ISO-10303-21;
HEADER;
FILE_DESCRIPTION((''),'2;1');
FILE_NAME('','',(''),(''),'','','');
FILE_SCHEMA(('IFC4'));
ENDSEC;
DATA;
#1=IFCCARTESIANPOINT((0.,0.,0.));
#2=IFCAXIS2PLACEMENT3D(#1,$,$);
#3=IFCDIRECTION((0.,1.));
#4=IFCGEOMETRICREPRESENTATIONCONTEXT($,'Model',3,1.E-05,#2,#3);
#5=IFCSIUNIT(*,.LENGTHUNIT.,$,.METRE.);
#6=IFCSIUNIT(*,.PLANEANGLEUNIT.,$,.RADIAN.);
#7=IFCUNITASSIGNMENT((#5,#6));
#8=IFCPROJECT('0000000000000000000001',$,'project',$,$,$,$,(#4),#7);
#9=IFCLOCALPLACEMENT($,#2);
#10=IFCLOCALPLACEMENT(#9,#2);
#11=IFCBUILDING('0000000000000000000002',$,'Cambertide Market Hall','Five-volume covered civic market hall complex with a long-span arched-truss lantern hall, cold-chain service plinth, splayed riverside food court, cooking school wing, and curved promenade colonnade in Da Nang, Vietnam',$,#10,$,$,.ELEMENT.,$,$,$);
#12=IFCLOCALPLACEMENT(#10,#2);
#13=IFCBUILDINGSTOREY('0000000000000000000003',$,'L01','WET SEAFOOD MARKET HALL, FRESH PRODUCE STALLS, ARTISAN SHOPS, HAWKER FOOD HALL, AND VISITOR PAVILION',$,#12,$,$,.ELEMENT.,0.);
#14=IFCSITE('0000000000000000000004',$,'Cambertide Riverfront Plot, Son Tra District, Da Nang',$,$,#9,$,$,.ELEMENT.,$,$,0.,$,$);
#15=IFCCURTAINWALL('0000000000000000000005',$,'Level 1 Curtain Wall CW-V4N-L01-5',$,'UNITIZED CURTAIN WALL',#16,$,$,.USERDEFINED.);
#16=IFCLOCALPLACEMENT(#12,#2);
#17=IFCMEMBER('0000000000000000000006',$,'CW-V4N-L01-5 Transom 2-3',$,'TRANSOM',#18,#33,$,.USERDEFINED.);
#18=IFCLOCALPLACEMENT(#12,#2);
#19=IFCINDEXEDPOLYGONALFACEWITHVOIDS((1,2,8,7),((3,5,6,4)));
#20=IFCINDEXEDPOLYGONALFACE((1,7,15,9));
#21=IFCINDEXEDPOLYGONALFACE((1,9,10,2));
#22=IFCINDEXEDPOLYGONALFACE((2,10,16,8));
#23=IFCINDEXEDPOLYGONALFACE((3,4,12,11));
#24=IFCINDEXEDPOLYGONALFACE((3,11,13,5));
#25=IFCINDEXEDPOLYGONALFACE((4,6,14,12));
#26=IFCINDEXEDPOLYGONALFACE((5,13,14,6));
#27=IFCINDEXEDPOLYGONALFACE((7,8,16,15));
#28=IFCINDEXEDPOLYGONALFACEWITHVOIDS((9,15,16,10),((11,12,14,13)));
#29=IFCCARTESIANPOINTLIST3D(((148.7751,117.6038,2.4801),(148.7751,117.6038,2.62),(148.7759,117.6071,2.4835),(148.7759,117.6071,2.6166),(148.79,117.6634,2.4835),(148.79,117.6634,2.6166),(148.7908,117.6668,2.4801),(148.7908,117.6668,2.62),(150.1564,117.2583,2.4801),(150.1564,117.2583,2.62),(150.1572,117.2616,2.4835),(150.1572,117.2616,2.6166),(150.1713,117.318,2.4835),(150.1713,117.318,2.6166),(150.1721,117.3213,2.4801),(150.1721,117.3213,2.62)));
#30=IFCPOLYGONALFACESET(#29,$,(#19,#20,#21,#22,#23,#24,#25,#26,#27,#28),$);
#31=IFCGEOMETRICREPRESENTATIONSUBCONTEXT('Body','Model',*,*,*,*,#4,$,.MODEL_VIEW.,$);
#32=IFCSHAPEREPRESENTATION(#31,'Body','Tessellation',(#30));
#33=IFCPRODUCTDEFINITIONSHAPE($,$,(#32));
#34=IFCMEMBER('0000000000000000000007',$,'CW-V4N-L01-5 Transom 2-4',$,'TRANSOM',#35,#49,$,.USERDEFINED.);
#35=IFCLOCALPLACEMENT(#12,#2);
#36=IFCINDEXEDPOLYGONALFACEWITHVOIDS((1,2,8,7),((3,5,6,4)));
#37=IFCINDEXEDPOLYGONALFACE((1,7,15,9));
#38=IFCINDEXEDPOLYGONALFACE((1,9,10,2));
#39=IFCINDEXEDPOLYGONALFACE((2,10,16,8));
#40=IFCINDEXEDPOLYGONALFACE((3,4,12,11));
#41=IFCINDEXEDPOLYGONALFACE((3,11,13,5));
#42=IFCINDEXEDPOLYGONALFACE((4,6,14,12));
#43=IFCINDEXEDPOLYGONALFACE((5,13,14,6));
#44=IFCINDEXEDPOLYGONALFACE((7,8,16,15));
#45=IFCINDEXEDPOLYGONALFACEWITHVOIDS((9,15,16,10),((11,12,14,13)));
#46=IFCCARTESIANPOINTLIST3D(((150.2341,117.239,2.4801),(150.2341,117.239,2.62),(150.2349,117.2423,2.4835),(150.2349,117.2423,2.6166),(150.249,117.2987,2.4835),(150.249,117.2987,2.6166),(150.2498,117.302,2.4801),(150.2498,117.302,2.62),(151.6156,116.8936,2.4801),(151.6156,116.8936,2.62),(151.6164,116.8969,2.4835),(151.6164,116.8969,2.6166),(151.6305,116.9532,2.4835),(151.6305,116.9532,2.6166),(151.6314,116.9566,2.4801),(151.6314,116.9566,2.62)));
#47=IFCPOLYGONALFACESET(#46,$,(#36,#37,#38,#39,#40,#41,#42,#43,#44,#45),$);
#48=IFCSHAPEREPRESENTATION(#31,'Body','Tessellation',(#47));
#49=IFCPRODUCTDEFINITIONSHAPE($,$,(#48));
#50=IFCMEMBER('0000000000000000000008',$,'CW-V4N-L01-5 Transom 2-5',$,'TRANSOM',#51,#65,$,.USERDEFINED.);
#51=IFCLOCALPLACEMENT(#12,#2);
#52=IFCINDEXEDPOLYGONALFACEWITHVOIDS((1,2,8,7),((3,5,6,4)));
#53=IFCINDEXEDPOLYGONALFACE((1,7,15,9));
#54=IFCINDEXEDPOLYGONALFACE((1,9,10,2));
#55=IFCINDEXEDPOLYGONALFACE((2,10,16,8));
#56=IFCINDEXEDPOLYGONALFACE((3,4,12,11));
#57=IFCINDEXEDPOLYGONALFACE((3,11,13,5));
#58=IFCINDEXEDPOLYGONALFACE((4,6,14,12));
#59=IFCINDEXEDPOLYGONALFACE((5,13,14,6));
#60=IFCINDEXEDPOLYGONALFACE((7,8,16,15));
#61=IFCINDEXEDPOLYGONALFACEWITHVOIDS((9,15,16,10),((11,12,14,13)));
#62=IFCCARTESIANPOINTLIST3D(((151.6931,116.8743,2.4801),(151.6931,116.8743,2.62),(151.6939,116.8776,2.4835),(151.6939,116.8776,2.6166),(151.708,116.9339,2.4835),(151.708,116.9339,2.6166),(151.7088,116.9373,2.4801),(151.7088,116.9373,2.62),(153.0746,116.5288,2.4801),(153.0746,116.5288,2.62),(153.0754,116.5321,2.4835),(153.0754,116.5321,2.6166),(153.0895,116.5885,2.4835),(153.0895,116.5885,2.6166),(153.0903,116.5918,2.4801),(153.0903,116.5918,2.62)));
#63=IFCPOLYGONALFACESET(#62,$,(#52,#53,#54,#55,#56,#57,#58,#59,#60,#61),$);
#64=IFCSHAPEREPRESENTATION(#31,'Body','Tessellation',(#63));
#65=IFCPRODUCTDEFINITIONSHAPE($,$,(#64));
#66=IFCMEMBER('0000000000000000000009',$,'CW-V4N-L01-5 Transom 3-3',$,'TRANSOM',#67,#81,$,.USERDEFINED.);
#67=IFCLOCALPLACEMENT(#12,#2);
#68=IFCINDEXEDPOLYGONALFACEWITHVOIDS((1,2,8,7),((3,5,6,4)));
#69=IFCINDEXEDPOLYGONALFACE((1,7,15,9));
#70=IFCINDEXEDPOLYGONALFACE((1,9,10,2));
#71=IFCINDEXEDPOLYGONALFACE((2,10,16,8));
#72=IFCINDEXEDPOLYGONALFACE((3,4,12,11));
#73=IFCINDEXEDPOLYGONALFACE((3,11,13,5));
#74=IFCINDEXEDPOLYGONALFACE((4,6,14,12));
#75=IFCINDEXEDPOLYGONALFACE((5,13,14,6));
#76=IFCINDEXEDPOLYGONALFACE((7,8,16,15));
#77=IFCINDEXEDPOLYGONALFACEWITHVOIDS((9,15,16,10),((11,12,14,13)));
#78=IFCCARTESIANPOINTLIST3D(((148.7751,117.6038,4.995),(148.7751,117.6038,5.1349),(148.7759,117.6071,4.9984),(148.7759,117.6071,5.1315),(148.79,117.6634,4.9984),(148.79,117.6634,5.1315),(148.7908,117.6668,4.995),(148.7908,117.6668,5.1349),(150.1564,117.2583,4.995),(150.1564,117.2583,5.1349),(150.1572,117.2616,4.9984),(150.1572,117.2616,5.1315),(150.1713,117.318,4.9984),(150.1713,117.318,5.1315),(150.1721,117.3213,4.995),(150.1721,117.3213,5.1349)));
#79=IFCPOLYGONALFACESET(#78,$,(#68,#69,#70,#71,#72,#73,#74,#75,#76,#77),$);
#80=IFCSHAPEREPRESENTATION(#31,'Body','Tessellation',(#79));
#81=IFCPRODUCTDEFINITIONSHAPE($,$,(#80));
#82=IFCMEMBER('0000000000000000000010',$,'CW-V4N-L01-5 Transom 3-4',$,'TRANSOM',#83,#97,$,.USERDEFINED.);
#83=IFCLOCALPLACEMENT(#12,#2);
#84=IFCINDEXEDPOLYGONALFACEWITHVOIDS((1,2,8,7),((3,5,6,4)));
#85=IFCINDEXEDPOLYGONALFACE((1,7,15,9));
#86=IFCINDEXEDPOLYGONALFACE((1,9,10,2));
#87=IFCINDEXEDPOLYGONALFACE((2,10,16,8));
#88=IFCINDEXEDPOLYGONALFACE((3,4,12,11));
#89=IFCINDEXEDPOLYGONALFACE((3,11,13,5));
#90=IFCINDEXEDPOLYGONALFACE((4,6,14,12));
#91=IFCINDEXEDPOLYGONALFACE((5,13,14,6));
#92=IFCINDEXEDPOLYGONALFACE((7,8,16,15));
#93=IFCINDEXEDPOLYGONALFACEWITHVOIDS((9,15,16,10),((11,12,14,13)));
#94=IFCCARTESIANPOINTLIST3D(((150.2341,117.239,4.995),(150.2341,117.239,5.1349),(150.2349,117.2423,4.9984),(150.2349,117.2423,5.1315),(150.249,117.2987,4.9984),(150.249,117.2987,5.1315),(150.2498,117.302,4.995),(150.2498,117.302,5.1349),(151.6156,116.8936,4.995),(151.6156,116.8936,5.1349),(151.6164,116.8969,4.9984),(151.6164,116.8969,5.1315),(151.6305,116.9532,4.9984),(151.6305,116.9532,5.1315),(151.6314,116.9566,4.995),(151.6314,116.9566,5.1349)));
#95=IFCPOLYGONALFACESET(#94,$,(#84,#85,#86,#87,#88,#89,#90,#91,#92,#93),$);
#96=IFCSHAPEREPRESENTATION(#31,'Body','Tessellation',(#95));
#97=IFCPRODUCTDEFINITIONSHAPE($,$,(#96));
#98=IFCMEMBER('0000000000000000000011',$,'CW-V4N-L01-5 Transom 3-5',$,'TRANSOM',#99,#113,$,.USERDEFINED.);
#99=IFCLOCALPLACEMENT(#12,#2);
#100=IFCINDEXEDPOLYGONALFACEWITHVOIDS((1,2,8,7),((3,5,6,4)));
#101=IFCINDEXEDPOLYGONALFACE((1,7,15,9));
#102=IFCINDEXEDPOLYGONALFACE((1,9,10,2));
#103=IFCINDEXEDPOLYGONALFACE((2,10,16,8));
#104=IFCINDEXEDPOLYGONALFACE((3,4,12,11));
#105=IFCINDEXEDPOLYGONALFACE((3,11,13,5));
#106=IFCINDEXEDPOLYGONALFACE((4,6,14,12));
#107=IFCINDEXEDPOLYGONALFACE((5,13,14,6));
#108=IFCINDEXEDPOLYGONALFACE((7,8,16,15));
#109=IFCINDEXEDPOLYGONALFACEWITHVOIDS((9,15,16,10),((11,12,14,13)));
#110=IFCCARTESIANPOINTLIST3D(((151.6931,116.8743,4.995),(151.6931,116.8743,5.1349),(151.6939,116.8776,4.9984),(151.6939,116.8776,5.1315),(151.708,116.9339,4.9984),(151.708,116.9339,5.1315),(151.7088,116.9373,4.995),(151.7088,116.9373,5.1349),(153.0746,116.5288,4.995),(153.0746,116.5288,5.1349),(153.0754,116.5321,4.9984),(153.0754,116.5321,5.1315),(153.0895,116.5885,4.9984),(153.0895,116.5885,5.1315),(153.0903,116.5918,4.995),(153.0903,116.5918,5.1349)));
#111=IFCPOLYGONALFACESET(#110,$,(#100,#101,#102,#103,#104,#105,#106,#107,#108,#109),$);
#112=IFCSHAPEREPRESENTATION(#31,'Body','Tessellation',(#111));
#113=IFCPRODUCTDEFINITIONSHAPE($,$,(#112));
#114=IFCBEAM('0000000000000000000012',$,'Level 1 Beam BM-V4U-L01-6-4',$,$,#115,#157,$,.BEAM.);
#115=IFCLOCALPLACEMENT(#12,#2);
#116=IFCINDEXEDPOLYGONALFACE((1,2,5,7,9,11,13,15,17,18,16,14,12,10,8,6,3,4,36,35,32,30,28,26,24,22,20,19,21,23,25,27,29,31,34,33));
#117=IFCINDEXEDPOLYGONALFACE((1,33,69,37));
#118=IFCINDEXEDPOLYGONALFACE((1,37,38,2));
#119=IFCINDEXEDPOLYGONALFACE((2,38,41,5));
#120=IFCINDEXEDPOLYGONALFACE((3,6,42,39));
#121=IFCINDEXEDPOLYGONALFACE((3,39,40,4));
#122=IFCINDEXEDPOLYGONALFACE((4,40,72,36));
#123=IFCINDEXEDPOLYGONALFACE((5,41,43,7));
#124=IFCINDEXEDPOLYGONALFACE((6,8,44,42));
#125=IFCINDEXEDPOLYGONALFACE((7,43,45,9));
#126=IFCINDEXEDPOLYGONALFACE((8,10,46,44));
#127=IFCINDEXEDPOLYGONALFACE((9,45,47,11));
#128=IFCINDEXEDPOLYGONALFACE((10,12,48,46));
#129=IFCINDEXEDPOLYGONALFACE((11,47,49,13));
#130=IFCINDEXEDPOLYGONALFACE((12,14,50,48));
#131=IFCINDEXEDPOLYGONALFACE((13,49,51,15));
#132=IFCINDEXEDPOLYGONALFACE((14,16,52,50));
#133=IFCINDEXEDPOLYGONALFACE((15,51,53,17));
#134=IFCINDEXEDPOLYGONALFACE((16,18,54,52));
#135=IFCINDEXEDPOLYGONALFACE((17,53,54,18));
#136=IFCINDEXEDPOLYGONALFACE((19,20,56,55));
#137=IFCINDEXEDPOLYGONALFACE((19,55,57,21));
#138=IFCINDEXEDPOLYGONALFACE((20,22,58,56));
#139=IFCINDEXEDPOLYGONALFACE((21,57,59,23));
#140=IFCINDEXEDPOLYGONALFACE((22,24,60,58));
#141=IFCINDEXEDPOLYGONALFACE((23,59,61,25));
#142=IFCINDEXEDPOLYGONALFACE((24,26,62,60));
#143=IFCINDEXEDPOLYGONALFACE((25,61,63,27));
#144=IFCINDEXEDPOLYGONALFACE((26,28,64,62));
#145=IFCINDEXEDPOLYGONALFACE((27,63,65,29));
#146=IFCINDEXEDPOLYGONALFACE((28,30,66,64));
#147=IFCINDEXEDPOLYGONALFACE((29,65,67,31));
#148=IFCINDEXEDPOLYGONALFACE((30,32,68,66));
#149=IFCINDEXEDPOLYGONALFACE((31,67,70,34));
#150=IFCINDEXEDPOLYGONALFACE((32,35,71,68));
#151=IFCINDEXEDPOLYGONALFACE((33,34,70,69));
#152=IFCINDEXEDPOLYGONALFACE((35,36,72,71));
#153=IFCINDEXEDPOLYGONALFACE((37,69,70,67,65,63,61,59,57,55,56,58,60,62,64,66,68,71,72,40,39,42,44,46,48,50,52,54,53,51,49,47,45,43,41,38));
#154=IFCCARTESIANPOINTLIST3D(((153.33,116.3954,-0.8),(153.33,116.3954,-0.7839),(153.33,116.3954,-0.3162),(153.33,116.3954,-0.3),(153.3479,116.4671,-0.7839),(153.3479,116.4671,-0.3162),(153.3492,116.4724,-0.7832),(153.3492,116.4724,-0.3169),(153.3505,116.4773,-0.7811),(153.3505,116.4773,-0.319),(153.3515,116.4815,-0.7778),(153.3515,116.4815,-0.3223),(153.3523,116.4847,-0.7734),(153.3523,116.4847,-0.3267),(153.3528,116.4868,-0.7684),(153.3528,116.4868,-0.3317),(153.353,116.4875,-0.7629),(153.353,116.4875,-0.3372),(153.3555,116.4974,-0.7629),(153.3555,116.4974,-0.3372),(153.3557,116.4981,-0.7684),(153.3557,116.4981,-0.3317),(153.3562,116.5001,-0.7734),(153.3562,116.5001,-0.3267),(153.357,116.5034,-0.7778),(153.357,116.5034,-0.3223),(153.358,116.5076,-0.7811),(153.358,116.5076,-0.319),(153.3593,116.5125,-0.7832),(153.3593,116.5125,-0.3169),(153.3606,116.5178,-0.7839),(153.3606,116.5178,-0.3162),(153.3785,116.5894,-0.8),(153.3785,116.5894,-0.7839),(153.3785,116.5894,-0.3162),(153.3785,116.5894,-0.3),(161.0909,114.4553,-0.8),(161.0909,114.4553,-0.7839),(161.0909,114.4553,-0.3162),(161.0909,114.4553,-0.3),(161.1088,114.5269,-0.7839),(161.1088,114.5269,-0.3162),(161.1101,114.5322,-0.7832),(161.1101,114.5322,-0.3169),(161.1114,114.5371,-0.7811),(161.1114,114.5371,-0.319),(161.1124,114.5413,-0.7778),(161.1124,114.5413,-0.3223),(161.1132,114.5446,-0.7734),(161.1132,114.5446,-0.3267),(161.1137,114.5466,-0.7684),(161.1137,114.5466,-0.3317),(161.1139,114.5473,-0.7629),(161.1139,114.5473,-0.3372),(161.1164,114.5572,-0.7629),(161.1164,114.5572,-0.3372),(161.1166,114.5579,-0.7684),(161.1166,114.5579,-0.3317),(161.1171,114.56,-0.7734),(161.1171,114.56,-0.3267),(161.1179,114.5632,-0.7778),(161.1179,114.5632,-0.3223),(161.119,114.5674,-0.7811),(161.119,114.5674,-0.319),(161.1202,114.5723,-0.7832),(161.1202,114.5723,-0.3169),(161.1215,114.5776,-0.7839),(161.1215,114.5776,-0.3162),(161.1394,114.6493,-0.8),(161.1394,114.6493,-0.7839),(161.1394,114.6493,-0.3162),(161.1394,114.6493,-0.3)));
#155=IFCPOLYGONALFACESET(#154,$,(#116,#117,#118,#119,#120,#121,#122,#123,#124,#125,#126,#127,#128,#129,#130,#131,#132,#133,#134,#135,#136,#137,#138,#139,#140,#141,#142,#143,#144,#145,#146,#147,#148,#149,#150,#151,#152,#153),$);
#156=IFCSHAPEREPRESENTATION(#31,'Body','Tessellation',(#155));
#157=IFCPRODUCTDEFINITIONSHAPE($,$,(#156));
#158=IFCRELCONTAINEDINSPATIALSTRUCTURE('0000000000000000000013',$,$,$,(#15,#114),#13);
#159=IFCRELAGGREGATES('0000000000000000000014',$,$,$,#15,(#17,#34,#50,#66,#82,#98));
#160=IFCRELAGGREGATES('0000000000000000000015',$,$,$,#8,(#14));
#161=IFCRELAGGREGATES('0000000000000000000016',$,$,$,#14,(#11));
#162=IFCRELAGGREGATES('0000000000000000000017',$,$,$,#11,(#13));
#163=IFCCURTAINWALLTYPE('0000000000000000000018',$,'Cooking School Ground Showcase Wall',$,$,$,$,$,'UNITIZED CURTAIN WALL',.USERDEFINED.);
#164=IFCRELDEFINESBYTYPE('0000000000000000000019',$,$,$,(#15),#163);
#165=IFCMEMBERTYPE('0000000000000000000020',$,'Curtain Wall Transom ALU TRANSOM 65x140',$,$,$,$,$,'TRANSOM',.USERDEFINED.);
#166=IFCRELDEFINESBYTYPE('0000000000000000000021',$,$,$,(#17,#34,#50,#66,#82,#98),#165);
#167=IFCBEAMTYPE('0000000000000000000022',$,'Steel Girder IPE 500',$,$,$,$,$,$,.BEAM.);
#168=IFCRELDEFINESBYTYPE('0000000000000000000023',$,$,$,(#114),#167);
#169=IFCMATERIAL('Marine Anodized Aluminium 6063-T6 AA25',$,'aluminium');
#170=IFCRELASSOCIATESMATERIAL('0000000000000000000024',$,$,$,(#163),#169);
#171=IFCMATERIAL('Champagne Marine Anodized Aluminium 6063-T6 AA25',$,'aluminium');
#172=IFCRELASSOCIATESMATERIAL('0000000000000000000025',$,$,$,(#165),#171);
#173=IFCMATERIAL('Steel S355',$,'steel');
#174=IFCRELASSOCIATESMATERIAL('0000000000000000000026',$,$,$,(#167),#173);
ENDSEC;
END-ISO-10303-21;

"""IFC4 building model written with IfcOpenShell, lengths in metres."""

from ifc_helpers import new_model, si_unit, direction, frame, origin, origin_2d, place, context, subcontext, project, spatial, hollow_rectangle, i_section, extrude, material, material_profile, profile_set, type_object, element, aggregate, save


model = new_model("IFC4")

# Units and contexts
model_context = context("Model", 3, precision=1e-05, world=origin(), true_north=direction((0.0, 1.0)))
body_context = subcontext(model_context, "Body", "Model", "MODEL_VIEW")
ifc_project = project(units=[si_unit("LENGTHUNIT", "METRE"), si_unit("PLANEANGLEUNIT", "RADIAN")], contexts=[model_context])

# Site, building, storey
site_placement = place(None, origin())
site = spatial("IfcSite", under=ifc_project, at=site_placement, Name="Cambertide Riverfront Plot, Son Tra District, Da Nang", CompositionType="ELEMENT", RefElevation=0.0)
building_placement = place(site_placement, origin())
building = spatial("IfcBuilding", under=site, at=building_placement, Name="Cambertide Market Hall", Description="Five-volume covered civic market hall complex with a long-span arched-truss lantern hall, cold-chain service plinth, splayed riverside food court, cooking school wing, and curved promenade colonnade in Da Nang, Vietnam", CompositionType="ELEMENT")
storey_placement = place(building_placement, origin())
storey = spatial("IfcBuildingStorey", under=building, at=storey_placement, Name="L01", Description="WET SEAFOOD MARKET HALL, FRESH PRODUCE STALLS, ARTISAN SHOPS, HAWKER FOOD HALL, AND VISITOR PAVILION", CompositionType="ELEMENT", Elevation=0.0)

# Curtain wall, members
ifc_material_1 = material(Name="Marine Anodized Aluminium 6063-T6 AA25", Category="aluminium")
curtain_wall_type = type_object("IfcCurtainWallType", Name="Cooking School Ground Showcase Wall", ElementType="UNITIZED CURTAIN WALL", PredefinedType="USERDEFINED", material=ifc_material_1)
curtain_wall_placement = place(storey_placement, origin())
curtain_wall = element("IfcCurtainWall", 1, at=curtain_wall_placement, inside=storey, type_object=curtain_wall_type, Name="Level 1 Curtain Wall CW-V4N-L01-5", ObjectType="UNITIZED CURTAIN WALL", PredefinedType="USERDEFINED")
ifc_material_2 = material(Name="Champagne Marine Anodized Aluminium 6063-T6 AA25", Category="aluminium")
ifc_material_profile_1 = material_profile(ifc_material_2, hollow_rectangle(XDim=0.0649, YDim=0.1399, WallThickness=0.0034, at=origin_2d()), Name="ALU TRANSOM 65x140")
ifc_profile_set_1 = profile_set([ifc_material_profile_1], Name="Champagne Marine Anodized Aluminium 6063-T6 AA25")
member_type_1 = type_object("IfcMemberType", Name="Curtain Wall Transom ALU TRANSOM 65x140", ElementType="TRANSOM", PredefinedType="USERDEFINED", material=ifc_profile_set_1)
member_1_placement = place(storey_placement, frame((148.783, 117.6353, 2.55), z_axis=(0.970122, -0.242616, 0.0), x_axis=(0.242616, 0.970122, 0.0)))
member_1 = element("IfcMember", 2, at=member_1_placement, type_object=member_type_1, Name="CW-V4N-L01-5 Transom 2-3", ObjectType="TRANSOM", PredefinedType="USERDEFINED", context=body_context, shape_type="SweptSolid", body=[
    extrude(hollow_rectangle(XDim=0.0649, YDim=0.1399, WallThickness=0.0034, at=origin_2d()), origin(), (0.0, 0.0, 1.0), 1.4238),
])
member_2_placement = place(storey_placement, frame((150.2419, 117.2705, 2.55), z_axis=(0.970132, -0.242576, 0.0), x_axis=(0.242576, 0.970132, 0.0)))
member_2 = element("IfcMember", 3, at=member_2_placement, type_object=member_type_1, Name="CW-V4N-L01-5 Transom 2-4", ObjectType="TRANSOM", PredefinedType="USERDEFINED", context=body_context, shape_type="SweptSolid", body=[
    extrude(hollow_rectangle(XDim=0.0649, YDim=0.1399, WallThickness=0.0034, at=origin_2d()), origin(), (0.0, 0.0, 1.0), 1.4241),
])
member_3_placement = place(storey_placement, frame((151.7009, 116.9058, 2.55), z_axis=(0.970132, -0.242576, 0.0), x_axis=(0.242576, 0.970132, 0.0)))
member_3 = element("IfcMember", 4, at=member_3_placement, type_object=member_type_1, Name="CW-V4N-L01-5 Transom 2-5", ObjectType="TRANSOM", PredefinedType="USERDEFINED", context=body_context, shape_type="SweptSolid", body=[
    extrude(hollow_rectangle(XDim=0.0649, YDim=0.1399, WallThickness=0.0034, at=origin_2d()), origin(), (0.0, 0.0, 1.0), 1.4241),
])
member_4_placement = place(storey_placement, frame((148.783, 117.6353, 5.0649), z_axis=(0.970122, -0.242616, 0.0), x_axis=(0.242616, 0.970122, 0.0)))
member_4 = element("IfcMember", 5, at=member_4_placement, type_object=member_type_1, Name="CW-V4N-L01-5 Transom 3-3", ObjectType="TRANSOM", PredefinedType="USERDEFINED", context=body_context, shape_type="SweptSolid", body=[
    extrude(hollow_rectangle(XDim=0.0649, YDim=0.1399, WallThickness=0.0034, at=origin_2d()), origin(), (0.0, 0.0, 1.0), 1.4238),
])
member_5_placement = place(storey_placement, frame((150.2419, 117.2705, 5.0649), z_axis=(0.970132, -0.242576, 0.0), x_axis=(0.242576, 0.970132, 0.0)))
member_5 = element("IfcMember", 6, at=member_5_placement, type_object=member_type_1, Name="CW-V4N-L01-5 Transom 3-4", ObjectType="TRANSOM", PredefinedType="USERDEFINED", context=body_context, shape_type="SweptSolid", body=[
    extrude(hollow_rectangle(XDim=0.0649, YDim=0.1399, WallThickness=0.0034, at=origin_2d()), origin(), (0.0, 0.0, 1.0), 1.4241),
])
member_6_placement = place(storey_placement, frame((151.7009, 116.9058, 5.0649), z_axis=(0.970132, -0.242576, 0.0), x_axis=(0.242576, 0.970132, 0.0)))
member_6 = element("IfcMember", 7, at=member_6_placement, type_object=member_type_1, Name="CW-V4N-L01-5 Transom 3-5", ObjectType="TRANSOM", PredefinedType="USERDEFINED", context=body_context, shape_type="SweptSolid", body=[
    extrude(hollow_rectangle(XDim=0.0649, YDim=0.1399, WallThickness=0.0034, at=origin_2d()), origin(), (0.0, 0.0, 1.0), 1.4241),
])

# Beam
ifc_material_3 = material(Name="Steel S355", Category="steel")
ifc_material_profile_2 = material_profile(ifc_material_3, i_section(OverallWidth=0.2, OverallDepth=0.5, WebThickness=0.0103, FlangeThickness=0.0161, FilletRadius=0.021, at=origin_2d()), Name="IPE 500")
ifc_profile_set_2 = profile_set([ifc_material_profile_2], Name="Steel S355")
beam_type = type_object("IfcBeamType", Name="Steel Girder IPE 500", PredefinedType="BEAM", material=ifc_profile_set_2)
beam_1_placement = place(storey_placement, frame((153.3542, 116.4924, -0.55), z_axis=(0.970144, -0.242528, 0.0), x_axis=(0.242528, 0.970144, 0.0)))
element("IfcBeam", 8, at=beam_1_placement, inside=storey, type_object=beam_type, Name="Level 1 Beam BM-V4U-L01-6-4", PredefinedType="BEAM", context=body_context, shape_type="SweptSolid", body=[
    extrude(i_section(OverallWidth=0.2, OverallDepth=0.5, WebThickness=0.0103, FlangeThickness=0.0161, FilletRadius=0.021, at=origin_2d()), origin(), (0.0, 0.0, 1.0), 7.9998),
])

aggregate(curtain_wall, [member_1, member_2, member_3, member_4, member_5, member_6])

save(model, "model.ifc")
